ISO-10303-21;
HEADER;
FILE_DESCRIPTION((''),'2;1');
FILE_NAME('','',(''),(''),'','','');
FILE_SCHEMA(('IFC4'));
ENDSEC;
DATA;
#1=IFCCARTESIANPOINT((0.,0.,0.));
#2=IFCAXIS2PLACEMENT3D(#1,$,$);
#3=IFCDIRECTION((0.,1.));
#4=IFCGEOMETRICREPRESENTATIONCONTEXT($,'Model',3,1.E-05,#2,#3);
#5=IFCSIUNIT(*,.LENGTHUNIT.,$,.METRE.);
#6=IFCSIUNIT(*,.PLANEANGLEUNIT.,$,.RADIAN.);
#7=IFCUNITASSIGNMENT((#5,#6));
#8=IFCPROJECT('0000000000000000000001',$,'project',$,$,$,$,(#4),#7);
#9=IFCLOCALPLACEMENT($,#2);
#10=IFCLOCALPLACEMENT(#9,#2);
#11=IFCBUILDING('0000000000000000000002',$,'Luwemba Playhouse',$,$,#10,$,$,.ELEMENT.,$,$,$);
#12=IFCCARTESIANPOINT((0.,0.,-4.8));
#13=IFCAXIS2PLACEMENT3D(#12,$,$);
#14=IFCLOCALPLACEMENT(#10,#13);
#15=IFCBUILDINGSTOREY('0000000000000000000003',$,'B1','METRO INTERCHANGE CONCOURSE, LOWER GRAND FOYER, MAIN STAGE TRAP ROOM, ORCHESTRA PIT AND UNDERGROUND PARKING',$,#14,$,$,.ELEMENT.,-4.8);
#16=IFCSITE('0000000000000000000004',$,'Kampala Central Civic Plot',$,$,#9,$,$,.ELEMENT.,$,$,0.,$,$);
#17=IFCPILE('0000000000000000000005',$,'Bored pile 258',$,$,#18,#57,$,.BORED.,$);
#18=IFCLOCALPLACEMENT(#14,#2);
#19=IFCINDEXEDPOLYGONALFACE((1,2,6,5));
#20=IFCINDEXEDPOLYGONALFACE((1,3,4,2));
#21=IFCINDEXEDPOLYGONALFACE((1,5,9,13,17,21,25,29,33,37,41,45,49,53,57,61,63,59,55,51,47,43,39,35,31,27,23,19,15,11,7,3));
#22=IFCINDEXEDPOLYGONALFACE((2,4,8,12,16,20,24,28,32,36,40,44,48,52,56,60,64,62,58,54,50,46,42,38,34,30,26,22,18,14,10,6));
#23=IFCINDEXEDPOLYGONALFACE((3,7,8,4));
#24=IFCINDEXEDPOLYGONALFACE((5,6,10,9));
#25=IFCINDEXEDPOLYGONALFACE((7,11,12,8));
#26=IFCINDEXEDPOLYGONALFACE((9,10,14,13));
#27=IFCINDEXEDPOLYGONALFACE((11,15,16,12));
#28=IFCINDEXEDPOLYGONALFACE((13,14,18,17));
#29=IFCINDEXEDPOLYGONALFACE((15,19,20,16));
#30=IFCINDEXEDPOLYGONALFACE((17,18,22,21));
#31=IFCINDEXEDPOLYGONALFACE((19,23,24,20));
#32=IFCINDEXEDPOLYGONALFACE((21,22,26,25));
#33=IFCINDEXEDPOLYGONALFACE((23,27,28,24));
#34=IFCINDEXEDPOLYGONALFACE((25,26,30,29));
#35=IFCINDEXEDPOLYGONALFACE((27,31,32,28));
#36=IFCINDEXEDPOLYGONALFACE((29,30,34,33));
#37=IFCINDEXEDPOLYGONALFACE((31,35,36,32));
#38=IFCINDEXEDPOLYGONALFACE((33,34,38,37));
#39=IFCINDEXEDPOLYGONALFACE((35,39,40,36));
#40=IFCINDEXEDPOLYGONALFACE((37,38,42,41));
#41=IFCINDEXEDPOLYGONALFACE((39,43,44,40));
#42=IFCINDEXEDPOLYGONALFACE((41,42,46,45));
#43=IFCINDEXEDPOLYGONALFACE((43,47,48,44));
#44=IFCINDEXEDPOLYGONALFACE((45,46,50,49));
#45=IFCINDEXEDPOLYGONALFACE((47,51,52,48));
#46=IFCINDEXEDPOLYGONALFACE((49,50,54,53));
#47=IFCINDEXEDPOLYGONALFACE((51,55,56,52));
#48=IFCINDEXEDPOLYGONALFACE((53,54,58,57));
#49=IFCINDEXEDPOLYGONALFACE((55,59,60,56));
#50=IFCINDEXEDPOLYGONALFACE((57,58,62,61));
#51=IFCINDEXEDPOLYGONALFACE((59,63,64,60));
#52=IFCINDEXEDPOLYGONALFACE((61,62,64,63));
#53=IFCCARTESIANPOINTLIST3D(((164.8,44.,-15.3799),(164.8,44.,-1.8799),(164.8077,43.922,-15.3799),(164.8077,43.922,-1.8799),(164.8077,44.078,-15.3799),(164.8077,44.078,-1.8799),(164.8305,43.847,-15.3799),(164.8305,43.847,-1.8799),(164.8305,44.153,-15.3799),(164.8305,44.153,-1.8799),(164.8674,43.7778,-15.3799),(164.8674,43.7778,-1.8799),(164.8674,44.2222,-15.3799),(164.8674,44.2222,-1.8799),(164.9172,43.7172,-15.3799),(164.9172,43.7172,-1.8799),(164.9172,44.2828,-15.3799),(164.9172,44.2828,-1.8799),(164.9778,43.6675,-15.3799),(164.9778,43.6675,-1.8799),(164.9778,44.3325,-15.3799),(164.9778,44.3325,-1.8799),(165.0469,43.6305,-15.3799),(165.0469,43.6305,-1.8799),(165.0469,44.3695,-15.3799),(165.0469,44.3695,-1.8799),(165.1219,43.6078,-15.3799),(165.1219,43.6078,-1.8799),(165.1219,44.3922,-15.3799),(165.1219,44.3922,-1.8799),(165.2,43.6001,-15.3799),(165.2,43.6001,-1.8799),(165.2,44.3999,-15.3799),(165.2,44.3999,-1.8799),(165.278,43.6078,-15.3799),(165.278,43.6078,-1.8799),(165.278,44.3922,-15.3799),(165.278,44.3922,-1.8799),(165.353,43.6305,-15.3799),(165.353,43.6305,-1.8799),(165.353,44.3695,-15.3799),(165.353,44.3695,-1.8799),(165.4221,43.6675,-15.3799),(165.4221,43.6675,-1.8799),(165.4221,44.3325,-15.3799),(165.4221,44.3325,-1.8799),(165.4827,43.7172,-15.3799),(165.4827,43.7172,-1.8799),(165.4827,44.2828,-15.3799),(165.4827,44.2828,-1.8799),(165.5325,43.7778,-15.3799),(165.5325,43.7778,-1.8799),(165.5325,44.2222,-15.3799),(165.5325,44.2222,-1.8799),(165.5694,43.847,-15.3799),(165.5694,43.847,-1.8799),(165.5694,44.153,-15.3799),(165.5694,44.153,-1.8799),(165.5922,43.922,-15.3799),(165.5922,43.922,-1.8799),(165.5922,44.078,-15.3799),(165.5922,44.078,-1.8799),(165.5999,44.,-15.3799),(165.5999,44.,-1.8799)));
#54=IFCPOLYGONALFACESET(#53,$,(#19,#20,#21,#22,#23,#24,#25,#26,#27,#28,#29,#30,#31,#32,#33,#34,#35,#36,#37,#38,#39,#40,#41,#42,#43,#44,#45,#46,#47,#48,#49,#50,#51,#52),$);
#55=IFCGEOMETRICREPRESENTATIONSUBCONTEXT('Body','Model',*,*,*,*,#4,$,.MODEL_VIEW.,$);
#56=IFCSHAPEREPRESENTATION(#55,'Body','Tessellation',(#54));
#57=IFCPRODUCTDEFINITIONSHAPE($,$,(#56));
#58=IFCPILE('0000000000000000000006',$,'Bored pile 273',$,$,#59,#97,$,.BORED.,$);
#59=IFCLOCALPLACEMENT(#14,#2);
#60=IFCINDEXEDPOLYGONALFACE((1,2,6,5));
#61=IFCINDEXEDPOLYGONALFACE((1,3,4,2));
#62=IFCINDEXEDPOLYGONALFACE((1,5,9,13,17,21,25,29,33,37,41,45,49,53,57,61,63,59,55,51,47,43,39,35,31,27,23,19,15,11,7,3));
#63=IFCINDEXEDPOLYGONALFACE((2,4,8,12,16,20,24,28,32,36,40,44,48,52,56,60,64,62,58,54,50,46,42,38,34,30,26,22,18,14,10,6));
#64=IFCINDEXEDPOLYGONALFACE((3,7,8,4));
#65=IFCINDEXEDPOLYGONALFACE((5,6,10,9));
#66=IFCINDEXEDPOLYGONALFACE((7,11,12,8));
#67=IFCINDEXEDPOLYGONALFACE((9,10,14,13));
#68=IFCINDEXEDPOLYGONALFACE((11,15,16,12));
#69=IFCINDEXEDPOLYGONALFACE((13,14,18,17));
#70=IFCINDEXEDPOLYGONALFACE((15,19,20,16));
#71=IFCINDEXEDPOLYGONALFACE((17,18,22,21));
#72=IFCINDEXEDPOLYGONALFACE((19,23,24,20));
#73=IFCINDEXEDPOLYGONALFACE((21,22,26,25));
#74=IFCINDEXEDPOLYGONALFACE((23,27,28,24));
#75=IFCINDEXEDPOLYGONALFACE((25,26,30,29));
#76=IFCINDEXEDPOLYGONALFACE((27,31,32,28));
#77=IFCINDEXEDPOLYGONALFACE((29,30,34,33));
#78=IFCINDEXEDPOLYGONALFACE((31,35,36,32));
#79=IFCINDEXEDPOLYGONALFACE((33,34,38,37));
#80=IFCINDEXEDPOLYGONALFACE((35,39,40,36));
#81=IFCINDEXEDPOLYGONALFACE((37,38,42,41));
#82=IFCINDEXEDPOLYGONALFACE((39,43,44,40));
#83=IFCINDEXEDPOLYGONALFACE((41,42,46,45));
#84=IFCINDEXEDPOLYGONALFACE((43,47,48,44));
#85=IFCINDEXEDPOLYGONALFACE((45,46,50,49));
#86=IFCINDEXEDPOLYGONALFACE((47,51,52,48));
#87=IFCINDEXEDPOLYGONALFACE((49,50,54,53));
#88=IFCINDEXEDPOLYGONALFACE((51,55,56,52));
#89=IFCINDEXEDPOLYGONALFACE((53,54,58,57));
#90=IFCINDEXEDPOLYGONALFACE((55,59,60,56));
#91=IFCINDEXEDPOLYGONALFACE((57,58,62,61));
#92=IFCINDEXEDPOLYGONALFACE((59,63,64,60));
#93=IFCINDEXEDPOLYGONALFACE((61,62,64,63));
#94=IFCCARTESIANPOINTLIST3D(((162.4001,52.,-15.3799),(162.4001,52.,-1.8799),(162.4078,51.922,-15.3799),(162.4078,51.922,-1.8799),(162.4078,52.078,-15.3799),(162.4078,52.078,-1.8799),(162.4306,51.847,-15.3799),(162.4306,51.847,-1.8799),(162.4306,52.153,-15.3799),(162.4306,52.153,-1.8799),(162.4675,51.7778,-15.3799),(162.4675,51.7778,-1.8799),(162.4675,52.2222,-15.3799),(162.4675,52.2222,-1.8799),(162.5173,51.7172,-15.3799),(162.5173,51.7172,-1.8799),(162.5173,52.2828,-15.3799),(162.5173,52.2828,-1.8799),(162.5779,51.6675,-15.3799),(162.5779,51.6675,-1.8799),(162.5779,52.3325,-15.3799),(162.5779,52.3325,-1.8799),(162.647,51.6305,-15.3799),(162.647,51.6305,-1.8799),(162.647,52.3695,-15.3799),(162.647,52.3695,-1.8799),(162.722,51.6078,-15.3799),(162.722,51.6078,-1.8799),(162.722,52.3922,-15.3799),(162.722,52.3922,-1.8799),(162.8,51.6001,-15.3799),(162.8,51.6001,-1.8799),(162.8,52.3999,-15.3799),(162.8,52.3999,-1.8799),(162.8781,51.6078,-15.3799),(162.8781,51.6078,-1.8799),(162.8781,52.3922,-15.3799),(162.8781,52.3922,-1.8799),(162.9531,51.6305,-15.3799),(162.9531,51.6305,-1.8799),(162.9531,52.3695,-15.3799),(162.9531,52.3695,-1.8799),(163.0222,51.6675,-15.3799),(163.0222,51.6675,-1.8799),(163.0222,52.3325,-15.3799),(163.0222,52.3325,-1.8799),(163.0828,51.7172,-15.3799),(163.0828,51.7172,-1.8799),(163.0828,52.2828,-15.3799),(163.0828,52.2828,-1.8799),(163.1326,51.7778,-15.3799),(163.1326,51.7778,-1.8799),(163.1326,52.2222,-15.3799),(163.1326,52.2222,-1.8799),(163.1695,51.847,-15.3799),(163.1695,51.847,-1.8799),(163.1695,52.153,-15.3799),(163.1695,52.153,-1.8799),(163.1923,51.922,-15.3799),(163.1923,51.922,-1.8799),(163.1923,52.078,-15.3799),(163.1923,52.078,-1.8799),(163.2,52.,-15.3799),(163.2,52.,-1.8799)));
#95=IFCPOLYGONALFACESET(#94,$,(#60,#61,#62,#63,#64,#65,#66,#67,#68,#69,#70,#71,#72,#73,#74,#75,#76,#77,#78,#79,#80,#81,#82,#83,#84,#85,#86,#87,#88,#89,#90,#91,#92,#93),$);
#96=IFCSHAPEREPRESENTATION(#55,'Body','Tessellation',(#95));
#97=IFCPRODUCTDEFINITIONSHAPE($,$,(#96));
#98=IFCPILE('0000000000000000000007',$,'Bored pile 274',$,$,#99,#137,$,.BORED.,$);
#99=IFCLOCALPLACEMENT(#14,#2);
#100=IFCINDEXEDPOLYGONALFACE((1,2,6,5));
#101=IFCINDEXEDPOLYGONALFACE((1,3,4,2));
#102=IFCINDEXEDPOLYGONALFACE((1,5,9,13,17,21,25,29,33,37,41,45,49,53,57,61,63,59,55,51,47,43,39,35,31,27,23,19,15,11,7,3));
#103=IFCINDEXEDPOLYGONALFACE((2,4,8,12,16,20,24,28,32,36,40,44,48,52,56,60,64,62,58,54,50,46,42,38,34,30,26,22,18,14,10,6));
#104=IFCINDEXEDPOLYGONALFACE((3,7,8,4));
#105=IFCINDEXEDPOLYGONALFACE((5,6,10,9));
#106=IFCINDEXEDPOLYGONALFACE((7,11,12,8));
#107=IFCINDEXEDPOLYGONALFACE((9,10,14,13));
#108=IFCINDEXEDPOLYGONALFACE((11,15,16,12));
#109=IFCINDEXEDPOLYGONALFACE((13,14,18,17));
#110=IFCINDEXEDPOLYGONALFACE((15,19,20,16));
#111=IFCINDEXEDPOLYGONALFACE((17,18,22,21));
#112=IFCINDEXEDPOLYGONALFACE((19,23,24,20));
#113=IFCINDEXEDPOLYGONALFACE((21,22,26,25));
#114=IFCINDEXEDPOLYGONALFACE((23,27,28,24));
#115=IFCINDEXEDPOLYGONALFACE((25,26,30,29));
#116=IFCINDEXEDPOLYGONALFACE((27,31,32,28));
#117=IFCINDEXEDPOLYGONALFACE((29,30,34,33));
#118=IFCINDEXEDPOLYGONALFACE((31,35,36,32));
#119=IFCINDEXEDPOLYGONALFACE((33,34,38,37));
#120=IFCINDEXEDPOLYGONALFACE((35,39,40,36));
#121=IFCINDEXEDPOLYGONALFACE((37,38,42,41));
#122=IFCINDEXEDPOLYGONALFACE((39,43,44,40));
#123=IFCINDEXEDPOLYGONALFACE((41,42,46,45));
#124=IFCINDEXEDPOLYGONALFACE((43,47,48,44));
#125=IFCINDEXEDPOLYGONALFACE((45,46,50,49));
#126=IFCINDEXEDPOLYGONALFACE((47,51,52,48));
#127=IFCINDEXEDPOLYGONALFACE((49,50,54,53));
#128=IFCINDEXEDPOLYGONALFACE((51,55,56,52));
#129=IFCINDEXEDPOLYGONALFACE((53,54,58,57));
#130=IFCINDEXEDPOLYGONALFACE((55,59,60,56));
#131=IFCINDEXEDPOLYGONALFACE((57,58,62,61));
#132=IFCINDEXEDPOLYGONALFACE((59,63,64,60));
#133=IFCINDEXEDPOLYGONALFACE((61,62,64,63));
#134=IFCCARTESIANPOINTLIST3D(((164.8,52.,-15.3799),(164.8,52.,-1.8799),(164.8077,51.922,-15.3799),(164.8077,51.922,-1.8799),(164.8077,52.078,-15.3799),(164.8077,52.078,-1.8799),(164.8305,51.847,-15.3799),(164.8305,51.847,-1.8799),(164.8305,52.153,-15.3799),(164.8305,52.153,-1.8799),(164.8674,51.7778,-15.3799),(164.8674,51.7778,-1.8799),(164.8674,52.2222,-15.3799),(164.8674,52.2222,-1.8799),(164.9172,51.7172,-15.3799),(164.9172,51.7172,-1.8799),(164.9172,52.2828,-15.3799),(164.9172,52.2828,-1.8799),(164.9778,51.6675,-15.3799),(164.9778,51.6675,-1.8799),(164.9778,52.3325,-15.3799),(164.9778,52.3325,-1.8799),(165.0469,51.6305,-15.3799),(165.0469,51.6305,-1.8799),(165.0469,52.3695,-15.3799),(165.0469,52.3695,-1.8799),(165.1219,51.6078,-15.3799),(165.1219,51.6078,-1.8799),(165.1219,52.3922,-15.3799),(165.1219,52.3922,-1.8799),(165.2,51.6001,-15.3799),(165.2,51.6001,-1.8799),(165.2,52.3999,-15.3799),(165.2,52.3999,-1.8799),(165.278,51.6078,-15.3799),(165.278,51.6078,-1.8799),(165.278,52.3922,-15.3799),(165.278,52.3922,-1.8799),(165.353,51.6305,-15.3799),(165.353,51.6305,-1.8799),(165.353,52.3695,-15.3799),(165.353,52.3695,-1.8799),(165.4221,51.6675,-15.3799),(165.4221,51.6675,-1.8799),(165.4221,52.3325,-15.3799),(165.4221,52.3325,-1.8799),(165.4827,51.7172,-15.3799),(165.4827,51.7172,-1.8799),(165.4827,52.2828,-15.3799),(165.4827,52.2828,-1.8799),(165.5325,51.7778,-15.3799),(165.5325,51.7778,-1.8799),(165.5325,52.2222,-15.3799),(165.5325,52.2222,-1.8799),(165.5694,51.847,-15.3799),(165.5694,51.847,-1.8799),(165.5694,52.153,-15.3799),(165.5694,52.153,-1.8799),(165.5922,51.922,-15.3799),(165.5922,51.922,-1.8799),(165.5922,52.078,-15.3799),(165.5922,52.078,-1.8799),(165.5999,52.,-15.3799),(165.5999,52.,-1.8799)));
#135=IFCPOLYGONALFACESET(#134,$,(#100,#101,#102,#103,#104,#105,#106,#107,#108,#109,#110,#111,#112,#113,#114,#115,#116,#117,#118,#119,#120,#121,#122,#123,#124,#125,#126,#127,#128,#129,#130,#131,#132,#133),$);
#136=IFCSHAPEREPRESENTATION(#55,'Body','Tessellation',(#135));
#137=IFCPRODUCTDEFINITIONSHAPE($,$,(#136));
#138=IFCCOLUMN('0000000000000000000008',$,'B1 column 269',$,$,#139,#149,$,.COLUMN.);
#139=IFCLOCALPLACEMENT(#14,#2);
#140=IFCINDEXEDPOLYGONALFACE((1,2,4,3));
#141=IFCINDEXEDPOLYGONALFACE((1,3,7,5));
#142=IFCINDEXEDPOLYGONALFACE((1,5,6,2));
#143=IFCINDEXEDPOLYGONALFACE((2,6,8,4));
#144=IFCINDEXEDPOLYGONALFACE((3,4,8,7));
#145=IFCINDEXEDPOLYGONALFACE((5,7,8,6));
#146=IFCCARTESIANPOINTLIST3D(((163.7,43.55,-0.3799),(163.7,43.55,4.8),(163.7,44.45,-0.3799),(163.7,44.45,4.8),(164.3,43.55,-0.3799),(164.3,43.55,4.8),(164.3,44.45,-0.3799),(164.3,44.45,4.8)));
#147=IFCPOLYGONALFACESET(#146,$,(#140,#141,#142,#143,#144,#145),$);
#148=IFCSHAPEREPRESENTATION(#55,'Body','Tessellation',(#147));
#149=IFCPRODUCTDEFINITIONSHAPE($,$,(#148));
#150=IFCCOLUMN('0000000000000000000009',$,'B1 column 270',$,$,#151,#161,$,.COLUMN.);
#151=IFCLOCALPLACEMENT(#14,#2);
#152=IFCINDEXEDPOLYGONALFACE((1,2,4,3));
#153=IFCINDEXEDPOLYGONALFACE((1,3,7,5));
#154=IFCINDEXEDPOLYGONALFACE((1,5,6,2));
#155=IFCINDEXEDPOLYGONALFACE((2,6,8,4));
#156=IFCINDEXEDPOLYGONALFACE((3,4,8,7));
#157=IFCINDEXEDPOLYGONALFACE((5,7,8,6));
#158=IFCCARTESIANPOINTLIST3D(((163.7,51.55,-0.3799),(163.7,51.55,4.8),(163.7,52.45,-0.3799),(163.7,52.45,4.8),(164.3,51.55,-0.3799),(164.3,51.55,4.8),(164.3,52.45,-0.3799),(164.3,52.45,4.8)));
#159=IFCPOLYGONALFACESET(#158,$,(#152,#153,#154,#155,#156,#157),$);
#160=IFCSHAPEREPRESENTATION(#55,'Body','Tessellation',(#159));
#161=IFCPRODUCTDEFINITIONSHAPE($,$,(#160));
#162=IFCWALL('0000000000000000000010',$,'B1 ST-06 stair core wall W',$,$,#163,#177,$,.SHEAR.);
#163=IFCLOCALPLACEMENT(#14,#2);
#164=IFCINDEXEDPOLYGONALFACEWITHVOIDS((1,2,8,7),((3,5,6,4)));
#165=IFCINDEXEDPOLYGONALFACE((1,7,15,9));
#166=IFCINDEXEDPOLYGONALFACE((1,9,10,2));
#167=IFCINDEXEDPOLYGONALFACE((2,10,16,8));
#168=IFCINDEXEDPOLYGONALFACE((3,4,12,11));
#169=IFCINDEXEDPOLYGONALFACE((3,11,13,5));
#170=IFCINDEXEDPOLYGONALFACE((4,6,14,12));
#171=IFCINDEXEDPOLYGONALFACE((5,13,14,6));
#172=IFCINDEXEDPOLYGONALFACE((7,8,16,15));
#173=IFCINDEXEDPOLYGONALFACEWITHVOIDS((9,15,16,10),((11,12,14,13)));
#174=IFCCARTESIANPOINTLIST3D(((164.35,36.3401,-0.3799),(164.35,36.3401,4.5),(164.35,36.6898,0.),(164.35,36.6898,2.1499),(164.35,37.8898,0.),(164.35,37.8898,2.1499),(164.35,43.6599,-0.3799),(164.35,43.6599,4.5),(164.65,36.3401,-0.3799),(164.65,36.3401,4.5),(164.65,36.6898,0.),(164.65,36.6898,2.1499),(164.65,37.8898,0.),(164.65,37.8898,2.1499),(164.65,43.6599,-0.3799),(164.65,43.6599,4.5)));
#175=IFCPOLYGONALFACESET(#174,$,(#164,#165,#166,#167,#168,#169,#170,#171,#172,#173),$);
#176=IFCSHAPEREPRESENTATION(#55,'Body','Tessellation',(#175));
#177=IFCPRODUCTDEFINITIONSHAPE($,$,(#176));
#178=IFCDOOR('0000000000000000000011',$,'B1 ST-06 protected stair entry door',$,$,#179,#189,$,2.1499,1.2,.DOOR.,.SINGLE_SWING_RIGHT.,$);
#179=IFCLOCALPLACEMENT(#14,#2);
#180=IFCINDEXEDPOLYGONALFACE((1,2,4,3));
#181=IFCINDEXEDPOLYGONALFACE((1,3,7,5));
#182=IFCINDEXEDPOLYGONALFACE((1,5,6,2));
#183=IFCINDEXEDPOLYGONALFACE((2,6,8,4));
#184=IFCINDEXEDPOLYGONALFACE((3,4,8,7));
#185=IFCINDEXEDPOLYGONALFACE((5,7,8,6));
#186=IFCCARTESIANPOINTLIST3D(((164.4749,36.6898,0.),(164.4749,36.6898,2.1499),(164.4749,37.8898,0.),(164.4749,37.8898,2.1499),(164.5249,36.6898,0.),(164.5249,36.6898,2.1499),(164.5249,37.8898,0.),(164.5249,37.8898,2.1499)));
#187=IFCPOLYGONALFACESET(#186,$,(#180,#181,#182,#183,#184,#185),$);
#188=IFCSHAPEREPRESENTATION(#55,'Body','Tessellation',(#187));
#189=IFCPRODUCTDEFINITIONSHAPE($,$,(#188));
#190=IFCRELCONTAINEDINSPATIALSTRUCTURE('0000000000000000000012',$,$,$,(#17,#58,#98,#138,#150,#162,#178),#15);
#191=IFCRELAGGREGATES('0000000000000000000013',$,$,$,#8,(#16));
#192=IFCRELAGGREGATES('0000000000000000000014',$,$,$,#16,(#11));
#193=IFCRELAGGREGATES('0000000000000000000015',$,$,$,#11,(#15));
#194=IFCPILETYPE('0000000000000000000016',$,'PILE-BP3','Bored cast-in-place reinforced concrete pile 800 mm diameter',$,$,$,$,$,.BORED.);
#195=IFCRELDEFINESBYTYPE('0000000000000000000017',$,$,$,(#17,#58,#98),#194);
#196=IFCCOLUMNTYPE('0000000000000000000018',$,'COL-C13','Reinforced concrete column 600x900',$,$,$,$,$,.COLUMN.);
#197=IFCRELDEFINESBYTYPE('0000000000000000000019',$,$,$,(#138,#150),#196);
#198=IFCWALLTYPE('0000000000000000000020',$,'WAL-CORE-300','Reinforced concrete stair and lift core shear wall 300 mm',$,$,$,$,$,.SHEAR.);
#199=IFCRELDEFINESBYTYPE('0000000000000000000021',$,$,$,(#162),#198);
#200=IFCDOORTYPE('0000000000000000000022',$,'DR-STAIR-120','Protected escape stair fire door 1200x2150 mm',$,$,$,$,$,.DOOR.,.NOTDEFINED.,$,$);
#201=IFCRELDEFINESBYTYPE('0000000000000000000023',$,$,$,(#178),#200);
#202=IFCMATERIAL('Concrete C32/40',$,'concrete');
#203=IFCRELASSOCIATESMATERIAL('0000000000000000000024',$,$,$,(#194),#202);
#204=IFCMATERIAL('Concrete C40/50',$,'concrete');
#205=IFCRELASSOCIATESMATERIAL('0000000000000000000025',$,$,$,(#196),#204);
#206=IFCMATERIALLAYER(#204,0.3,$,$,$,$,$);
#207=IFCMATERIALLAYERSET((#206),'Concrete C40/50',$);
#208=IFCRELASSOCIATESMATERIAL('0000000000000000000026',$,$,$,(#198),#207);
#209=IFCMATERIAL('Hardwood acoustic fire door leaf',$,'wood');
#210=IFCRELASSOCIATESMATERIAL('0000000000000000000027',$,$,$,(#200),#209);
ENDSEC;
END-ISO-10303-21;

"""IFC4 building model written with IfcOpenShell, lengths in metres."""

from ifc_helpers import new_model, si_unit, direction, frame, frame_2d, origin, origin_2d, place, context, subcontext, project, spatial, rectangle, circle, extrude, material, layer, layer_set, material_profile, profile_set, type_object, element, fill, save


model = new_model("IFC4")

# Units and contexts
model_context = context("Model", 3, precision=1e-05, world=origin(), true_north=direction((0.0, 1.0)))
body_context = subcontext(model_context, "Body", "Model", "MODEL_VIEW")
ifc_project = project(units=[si_unit("LENGTHUNIT", "METRE"), si_unit("PLANEANGLEUNIT", "RADIAN")], contexts=[model_context])

# Site, building, storey
site_placement = place(None, origin())
site = spatial("IfcSite", under=ifc_project, at=site_placement, Name="Kampala Central Civic Plot", CompositionType="ELEMENT", RefElevation=0.0)
building_placement = place(site_placement, origin())
building = spatial("IfcBuilding", under=site, at=building_placement, Name="Luwemba Playhouse", CompositionType="ELEMENT")
storey_placement = place(building_placement, frame((0.0, 0.0, -4.8)))
storey = spatial("IfcBuildingStorey", under=building, at=storey_placement, Name="B1", Description="METRO INTERCHANGE CONCOURSE, LOWER GRAND FOYER, MAIN STAGE TRAP ROOM, ORCHESTRA PIT AND UNDERGROUND PARKING", CompositionType="ELEMENT", Elevation=-4.8)

# Shared definitions
ifc_material_1 = material(Name="Concrete C32/40", Category="concrete")

# Piles
ifc_material_profile_1 = material_profile(ifc_material_1, circle(Radius=0.3999, at=origin_2d()))
ifc_profile_set_1 = profile_set([ifc_material_profile_1], Name="Concrete C32/40")
pile_type_1 = type_object("IfcPileType", Name="PILE-BP3", Description="Bored cast-in-place reinforced concrete pile 800 mm diameter", PredefinedType="BORED", material=ifc_profile_set_1)
for number, where, z_axis, x_axis, name in (
    (1, (165.2, 44.0, -1.8799), (0.0, 0.0, -1.0), (1.0, 0.0, 0.0), "Bored pile 258"),
    (2, (162.8, 52.0, -1.8799), (0.0, 0.0, -1.0), (1.0, 0.0, 0.0), "Bored pile 273"),
    (3, (165.2, 52.0, -1.8799), (0.0, 0.0, -1.0), (1.0, 0.0, 0.0), "Bored pile 274"),
):
    element("IfcPile", number, at=place(storey_placement, frame(where, z_axis=z_axis, x_axis=x_axis)), inside=storey, type_object=pile_type_1, Name=name, PredefinedType="BORED", context=body_context, shape_type="SweptSolid", body=[
        extrude(circle(Radius=0.3999, at=origin_2d()), origin(), (0.0, 0.0, 1.0), 13.5),
    ])

# Columns
ifc_material_2 = material(Name="Concrete C40/50", Category="concrete")
ifc_material_profile_2 = material_profile(ifc_material_2, rectangle(XDim=0.6001, YDim=0.8999, at=origin_2d()))
ifc_profile_set_2 = profile_set([ifc_material_profile_2], Name="Concrete C40/50")
column_type = type_object("IfcColumnType", Name="COL-C13", Description="Reinforced concrete column 600x900", PredefinedType="COLUMN", material=ifc_profile_set_2)
for number, where, z_axis, x_axis, name in (
    (4, (164.0, 44.0, -0.3799), (0.0, 0.0, 1.0), (1.0, 0.0, 0.0), "B1 column 269"),
    (5, (164.0, 52.0, -0.3799), (0.0, 0.0, 1.0), (1.0, 0.0, 0.0), "B1 column 270"),
):
    element("IfcColumn", number, at=place(storey_placement, frame(where, z_axis=z_axis, x_axis=x_axis)), inside=storey, type_object=column_type, Name=name, PredefinedType="COLUMN", context=body_context, shape_type="SweptSolid", body=[
        extrude(rectangle(XDim=0.6001, YDim=0.8999, at=origin_2d()), origin(), (0.0, 0.0, 1.0), 5.1799),
    ])

# Wall, opening, door
ifc_layer_1 = layer(ifc_material_2, 0.3)
ifc_layer_set_1 = layer_set([ifc_layer_1], Name="Concrete C40/50")
wall_type_1 = type_object("IfcWallType", Name="WAL-CORE-300", Description="Reinforced concrete stair and lift core shear wall 300 mm", PredefinedType="SHEAR", material=ifc_layer_set_1)
wall_1_placement = place(storey_placement, frame((164.5, 43.6599, -0.3799), z_axis=(0.0, 0.0, 1.0), x_axis=(0.0, -1.0, 0.0)))
wall_1 = element("IfcWall", 6, at=wall_1_placement, inside=storey, type_object=wall_type_1, Name="B1 ST-06 stair core wall W", PredefinedType="SHEAR", context=body_context, shape_type="SweptSolid", body=[
    extrude(rectangle(XDim=7.3198, YDim=0.3, at=frame_2d((3.6599, 0.0))), origin(), (0.0, 0.0, 1.0), 4.8799),
])
opening_1_placement = place(wall_1_placement, frame((5.77, 0.0, 0.3799)))
opening_1 = element("IfcOpeningElement", 7, at=opening_1_placement, cuts=wall_1, PredefinedType="OPENING", context=body_context, shape_type="SweptSolid", body=[
    extrude(rectangle(XDim=1.2, YDim=2.1499, at=frame_2d((0.6001, 1.075))), frame((0.0, 0.1599, 0.0), z_axis=(0.0, -1.0, 0.0), x_axis=(1.0, 0.0, 0.0)), (0.0, 0.0, 1.0), 0.3201),
])
ifc_material_3 = material(Name="Hardwood acoustic fire door leaf", Category="wood")
door_type_1 = type_object("IfcDoorType", Name="DR-STAIR-120", Description="Protected escape stair fire door 1200x2150 mm", OperationType="NOTDEFINED", PredefinedType="DOOR", material=ifc_material_3)
door_1_placement = place(opening_1_placement, origin())
door_1 = element("IfcDoor", 8, at=door_1_placement, inside=storey, type_object=door_type_1, Name="B1 ST-06 protected stair entry door", OperationType="SINGLE_SWING_RIGHT", OverallHeight=2.1499, OverallWidth=1.2, PredefinedType="DOOR", context=body_context, shape_type="SweptSolid", body=[
    extrude(rectangle(XDim=1.2, YDim=2.1499, at=frame_2d((0.6001, 1.075))), frame((0.0, 0.0249, 0.0), z_axis=(0.0, -1.0, 0.0), x_axis=(1.0, 0.0, 0.0)), (0.0, 0.0, 1.0), 0.05),
])
fill(opening_1, door_1)

save(model, "model.ifc")
